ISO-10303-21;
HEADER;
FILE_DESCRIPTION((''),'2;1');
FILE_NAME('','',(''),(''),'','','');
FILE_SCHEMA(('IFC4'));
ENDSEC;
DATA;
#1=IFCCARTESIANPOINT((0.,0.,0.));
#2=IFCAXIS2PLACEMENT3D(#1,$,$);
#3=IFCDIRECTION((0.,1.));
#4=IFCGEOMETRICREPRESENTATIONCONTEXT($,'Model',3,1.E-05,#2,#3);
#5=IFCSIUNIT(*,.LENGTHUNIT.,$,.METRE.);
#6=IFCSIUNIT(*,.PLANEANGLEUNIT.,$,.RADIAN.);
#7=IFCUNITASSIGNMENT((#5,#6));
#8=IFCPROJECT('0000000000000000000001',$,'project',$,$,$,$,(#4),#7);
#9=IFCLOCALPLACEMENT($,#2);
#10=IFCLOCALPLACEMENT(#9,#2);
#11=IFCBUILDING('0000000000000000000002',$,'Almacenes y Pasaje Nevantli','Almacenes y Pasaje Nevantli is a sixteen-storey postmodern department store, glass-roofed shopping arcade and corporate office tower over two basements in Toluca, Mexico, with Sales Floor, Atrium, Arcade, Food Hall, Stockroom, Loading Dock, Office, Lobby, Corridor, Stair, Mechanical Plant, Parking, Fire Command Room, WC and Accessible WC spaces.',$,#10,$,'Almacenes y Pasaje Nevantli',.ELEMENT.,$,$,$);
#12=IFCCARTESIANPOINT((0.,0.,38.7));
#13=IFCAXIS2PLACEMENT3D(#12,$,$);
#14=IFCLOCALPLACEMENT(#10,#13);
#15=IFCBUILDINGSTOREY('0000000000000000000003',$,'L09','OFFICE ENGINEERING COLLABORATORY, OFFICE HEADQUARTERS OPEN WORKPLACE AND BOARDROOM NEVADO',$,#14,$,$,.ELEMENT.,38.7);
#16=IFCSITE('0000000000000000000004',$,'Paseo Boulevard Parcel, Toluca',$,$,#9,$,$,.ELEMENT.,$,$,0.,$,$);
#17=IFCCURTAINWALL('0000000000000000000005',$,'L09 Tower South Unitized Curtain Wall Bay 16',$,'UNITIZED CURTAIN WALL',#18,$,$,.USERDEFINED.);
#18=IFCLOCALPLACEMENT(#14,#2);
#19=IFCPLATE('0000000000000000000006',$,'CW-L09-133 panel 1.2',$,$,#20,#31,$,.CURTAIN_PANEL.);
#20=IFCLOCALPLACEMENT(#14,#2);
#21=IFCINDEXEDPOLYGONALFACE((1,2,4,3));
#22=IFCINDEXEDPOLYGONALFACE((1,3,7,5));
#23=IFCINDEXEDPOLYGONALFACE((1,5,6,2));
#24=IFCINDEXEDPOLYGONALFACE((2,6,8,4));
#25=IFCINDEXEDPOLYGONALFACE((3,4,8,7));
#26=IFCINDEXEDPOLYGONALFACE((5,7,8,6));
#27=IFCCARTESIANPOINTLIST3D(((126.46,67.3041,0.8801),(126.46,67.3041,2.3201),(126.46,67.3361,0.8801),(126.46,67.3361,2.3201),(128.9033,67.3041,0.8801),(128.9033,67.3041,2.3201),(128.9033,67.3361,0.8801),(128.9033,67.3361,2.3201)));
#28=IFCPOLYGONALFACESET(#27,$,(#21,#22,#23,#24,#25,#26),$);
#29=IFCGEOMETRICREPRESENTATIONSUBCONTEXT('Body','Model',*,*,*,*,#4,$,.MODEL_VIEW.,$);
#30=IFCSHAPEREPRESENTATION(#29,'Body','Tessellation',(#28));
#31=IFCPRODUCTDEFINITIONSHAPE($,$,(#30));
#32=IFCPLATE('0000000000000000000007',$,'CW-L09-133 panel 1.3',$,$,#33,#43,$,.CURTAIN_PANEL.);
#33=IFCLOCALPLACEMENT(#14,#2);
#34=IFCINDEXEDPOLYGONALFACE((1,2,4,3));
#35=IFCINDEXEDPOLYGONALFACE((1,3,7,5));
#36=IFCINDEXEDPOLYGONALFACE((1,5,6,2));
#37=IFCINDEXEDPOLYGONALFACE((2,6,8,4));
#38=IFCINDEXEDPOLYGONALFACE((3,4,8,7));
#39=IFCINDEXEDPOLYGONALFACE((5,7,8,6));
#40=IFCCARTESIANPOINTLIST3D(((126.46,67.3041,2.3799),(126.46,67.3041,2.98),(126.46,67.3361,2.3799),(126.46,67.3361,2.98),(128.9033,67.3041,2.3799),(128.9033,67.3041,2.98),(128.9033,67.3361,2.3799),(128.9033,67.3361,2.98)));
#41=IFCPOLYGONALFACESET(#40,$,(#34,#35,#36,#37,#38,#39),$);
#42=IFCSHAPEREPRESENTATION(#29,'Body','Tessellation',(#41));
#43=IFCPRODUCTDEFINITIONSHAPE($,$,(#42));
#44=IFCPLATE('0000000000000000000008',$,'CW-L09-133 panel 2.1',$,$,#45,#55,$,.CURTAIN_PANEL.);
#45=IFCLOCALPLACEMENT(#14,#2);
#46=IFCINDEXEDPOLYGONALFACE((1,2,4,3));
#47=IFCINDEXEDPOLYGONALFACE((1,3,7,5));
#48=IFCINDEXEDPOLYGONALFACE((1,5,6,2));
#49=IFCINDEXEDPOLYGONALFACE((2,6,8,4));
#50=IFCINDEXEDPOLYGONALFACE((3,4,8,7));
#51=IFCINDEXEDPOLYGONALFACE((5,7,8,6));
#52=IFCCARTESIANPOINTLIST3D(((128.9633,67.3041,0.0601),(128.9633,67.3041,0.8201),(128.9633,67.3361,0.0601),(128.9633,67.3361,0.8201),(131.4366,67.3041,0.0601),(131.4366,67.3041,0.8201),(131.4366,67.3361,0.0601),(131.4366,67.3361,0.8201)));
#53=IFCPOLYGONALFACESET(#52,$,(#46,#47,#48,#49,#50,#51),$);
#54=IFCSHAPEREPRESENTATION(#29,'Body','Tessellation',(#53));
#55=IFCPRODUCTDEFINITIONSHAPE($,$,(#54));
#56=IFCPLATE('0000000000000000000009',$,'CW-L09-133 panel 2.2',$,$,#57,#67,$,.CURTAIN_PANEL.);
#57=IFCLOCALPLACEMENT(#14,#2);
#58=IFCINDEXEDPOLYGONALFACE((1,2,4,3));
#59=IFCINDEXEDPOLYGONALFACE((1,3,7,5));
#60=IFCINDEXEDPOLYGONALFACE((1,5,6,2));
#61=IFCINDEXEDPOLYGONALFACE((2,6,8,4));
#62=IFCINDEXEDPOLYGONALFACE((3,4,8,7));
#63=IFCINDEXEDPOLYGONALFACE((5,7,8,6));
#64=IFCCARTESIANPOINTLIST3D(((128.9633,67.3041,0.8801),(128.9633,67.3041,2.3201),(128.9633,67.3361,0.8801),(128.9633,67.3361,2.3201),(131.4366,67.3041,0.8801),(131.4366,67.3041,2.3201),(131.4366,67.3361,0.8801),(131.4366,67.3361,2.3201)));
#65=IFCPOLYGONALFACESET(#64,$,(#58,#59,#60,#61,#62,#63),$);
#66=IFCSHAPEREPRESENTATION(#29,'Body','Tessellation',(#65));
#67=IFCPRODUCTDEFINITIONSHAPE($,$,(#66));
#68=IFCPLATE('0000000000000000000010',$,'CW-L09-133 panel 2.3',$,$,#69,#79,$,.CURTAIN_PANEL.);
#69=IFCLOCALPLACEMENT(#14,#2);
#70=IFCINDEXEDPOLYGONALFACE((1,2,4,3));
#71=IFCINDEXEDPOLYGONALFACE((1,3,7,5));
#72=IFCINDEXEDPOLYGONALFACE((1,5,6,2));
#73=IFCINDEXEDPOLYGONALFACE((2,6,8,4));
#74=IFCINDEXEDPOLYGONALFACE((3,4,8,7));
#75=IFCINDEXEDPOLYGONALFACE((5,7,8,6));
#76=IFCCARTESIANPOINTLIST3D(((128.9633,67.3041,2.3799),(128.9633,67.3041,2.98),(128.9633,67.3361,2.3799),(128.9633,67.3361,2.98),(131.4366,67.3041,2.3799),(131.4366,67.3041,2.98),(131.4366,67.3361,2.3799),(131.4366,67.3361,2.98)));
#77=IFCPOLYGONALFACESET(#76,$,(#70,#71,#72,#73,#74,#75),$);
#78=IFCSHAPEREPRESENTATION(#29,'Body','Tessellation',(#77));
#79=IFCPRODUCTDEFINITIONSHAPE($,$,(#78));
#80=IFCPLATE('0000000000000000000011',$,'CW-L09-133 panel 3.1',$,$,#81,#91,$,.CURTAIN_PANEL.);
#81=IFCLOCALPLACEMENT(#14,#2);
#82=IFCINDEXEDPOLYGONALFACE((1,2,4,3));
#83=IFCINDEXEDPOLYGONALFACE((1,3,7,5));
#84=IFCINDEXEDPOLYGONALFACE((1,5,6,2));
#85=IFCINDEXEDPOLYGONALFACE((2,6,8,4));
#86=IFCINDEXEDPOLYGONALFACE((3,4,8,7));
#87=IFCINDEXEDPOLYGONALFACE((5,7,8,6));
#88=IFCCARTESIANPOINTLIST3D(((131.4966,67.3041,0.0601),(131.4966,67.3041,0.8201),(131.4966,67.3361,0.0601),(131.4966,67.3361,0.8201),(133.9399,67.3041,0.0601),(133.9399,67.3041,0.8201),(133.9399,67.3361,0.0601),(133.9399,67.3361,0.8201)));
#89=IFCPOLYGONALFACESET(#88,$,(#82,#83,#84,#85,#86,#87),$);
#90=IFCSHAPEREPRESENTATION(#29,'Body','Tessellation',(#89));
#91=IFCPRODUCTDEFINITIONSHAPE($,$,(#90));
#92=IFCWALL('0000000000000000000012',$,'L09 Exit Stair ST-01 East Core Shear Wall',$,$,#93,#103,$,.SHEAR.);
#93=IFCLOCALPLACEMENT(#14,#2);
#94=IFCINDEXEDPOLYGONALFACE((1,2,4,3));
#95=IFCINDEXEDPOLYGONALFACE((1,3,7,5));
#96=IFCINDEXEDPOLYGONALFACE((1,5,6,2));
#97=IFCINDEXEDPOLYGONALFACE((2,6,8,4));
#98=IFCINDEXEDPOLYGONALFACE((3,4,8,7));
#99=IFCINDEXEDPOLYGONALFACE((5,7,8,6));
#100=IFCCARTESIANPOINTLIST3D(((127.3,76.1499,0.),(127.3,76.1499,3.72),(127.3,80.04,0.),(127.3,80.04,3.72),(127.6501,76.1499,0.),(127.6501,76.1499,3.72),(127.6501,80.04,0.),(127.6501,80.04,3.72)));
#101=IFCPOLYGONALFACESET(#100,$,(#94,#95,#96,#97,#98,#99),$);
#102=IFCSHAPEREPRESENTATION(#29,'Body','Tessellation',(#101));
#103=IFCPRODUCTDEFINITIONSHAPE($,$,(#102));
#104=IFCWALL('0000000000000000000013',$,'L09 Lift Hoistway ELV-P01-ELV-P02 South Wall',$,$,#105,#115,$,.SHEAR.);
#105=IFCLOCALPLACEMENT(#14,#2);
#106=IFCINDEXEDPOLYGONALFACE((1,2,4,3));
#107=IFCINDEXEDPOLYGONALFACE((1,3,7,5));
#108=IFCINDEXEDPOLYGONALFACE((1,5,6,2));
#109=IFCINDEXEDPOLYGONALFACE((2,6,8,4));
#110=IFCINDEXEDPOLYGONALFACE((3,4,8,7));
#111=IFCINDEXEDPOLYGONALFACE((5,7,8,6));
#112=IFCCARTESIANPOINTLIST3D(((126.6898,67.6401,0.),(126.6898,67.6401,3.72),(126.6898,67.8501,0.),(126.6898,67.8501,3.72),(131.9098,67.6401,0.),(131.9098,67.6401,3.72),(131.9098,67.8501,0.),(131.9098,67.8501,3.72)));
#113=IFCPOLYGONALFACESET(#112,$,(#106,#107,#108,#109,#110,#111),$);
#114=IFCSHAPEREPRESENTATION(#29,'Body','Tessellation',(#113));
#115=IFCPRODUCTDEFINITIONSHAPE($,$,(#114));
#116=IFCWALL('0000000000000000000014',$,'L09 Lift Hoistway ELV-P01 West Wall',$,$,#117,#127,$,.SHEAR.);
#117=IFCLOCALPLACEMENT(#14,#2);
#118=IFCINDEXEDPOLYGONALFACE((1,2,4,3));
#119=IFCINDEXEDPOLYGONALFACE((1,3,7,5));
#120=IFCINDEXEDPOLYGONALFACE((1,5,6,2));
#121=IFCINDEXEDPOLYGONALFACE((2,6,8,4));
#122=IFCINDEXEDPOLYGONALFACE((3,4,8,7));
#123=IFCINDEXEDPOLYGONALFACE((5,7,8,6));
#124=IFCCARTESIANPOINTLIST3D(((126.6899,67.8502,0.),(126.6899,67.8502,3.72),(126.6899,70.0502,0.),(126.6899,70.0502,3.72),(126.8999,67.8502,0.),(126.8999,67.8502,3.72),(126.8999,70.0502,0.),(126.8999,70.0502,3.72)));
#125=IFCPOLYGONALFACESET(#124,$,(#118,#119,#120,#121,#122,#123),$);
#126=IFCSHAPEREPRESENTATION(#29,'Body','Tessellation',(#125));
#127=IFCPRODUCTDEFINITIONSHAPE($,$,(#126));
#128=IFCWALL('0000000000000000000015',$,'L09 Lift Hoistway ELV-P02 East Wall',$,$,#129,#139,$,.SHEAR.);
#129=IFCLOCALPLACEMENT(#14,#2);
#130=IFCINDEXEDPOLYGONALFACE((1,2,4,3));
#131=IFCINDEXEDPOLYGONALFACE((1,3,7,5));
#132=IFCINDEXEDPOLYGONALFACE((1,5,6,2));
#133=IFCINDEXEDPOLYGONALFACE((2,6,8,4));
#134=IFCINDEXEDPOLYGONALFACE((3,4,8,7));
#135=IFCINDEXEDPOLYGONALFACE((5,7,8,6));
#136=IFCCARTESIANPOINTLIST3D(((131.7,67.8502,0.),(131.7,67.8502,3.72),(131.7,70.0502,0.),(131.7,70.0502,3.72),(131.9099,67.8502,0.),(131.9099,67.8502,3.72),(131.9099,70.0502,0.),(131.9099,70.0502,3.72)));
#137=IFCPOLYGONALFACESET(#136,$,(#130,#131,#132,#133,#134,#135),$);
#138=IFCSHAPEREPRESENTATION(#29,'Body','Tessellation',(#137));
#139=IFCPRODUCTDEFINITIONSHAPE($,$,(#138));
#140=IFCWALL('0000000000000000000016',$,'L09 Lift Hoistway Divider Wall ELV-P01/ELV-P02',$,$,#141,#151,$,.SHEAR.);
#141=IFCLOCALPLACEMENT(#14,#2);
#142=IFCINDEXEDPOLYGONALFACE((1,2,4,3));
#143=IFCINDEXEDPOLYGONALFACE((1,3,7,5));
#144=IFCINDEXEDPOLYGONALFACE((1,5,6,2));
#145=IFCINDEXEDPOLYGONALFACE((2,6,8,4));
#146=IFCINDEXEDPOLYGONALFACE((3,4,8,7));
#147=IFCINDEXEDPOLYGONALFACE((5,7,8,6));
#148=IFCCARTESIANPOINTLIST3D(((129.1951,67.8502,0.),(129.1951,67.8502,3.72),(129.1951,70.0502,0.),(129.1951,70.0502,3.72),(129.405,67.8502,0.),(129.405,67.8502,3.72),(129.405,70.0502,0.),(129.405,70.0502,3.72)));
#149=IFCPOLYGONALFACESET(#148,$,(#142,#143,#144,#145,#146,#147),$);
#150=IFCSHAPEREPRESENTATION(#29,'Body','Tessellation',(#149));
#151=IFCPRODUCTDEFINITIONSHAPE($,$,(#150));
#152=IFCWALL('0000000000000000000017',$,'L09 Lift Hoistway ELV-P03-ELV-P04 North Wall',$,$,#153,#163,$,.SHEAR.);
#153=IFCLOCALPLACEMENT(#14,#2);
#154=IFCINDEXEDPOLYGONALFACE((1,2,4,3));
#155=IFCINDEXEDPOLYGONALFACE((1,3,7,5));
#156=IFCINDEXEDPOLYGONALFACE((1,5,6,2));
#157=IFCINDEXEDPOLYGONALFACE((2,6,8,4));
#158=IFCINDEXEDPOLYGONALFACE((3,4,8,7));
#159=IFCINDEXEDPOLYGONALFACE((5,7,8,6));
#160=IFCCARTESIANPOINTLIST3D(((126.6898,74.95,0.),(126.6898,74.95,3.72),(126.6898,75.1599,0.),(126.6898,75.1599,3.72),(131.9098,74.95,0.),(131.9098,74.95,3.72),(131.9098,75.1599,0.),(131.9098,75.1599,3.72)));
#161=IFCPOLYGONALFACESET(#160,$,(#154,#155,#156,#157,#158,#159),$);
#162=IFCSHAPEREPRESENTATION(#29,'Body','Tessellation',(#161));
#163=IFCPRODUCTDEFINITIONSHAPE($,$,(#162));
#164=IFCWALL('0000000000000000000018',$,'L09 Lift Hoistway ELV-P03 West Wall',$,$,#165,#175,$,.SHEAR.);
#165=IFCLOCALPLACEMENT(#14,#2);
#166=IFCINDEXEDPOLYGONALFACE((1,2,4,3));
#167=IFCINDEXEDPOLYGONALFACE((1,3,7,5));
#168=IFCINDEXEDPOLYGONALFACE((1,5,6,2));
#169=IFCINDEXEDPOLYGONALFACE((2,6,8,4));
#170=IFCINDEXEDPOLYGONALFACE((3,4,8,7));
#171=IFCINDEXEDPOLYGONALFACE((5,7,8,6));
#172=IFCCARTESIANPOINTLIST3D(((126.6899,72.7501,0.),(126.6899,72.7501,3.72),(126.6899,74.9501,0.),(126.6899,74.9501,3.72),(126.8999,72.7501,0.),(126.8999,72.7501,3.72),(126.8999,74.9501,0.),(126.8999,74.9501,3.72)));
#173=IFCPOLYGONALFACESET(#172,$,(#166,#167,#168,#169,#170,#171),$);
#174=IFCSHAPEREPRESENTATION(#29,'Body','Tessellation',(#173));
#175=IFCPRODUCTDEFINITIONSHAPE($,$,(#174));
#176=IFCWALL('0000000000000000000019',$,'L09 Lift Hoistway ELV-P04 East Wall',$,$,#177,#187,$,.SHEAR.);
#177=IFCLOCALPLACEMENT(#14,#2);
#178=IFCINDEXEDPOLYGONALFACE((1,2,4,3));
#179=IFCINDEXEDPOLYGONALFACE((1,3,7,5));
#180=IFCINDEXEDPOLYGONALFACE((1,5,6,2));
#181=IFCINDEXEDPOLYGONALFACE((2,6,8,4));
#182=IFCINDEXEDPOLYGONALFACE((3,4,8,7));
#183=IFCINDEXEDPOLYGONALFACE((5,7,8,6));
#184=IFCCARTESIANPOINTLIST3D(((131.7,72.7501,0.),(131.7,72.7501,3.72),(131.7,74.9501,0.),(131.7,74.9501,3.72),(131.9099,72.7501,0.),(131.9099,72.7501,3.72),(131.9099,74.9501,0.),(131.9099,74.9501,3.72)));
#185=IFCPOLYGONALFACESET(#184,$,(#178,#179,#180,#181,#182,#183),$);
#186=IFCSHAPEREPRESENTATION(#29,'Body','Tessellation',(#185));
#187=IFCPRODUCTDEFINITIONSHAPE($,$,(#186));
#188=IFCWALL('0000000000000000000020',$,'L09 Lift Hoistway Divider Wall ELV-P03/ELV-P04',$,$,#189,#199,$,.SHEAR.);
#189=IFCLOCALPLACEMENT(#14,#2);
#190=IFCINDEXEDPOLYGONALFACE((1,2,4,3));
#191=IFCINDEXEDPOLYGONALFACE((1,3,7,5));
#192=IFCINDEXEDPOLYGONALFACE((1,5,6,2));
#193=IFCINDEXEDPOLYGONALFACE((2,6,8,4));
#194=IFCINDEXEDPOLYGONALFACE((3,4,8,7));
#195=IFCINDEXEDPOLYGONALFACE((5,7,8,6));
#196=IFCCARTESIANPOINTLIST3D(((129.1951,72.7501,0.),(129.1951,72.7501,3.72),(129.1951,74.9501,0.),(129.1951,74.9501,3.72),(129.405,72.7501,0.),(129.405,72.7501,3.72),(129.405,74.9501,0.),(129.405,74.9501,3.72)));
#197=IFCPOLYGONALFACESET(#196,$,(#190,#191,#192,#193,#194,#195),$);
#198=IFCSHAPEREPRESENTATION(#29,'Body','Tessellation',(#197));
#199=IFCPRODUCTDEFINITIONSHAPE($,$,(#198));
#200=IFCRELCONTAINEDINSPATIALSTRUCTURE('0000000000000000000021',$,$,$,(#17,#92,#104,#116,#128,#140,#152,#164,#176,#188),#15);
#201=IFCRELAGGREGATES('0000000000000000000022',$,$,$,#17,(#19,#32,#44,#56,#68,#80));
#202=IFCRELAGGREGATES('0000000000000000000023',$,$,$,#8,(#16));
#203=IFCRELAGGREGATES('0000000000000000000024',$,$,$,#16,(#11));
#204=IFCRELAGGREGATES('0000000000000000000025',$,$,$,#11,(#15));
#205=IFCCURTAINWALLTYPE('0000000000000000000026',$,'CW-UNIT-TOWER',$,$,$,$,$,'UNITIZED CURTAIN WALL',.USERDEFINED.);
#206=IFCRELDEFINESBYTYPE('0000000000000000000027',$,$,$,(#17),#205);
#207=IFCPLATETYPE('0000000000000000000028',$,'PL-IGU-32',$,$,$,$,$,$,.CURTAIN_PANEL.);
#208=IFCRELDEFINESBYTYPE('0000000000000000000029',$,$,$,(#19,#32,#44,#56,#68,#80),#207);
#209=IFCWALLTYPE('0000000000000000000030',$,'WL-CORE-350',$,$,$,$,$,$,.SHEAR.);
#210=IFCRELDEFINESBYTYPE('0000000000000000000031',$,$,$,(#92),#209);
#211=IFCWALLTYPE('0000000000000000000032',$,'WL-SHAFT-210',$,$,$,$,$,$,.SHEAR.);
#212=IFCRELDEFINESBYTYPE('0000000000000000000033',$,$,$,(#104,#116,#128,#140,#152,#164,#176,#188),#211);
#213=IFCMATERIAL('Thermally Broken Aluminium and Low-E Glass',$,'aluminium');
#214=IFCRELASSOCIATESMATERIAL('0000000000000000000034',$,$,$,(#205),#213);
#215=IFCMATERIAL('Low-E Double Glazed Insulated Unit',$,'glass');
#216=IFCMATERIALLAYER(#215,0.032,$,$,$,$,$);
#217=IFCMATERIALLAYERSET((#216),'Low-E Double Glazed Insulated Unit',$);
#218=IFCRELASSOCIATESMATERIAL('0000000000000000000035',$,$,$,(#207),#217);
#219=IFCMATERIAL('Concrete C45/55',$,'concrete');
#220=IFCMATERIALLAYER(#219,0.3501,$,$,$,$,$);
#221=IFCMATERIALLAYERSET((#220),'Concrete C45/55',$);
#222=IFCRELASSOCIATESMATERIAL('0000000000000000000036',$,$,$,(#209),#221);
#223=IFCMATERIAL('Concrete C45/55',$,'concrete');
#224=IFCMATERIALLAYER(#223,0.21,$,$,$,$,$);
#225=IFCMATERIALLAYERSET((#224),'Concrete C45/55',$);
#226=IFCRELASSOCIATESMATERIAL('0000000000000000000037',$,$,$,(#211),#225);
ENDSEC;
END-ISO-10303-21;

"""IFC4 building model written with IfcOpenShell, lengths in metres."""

from ifc_helpers import new_model, si_unit, direction, frame, frame_2d, origin, origin_2d, place, context, subcontext, project, spatial, rectangle, extrude, material, layer, layer_set, type_object, element, aggregate, save


model = new_model("IFC4")

# Units and contexts
model_context = context("Model", 3, precision=1e-05, world=origin(), true_north=direction((0.0, 1.0)))
body_context = subcontext(model_context, "Body", "Model", "MODEL_VIEW")
ifc_project = project(units=[si_unit("LENGTHUNIT", "METRE"), si_unit("PLANEANGLEUNIT", "RADIAN")], contexts=[model_context])

# Site, building, storey
site_placement = place(None, origin())
site = spatial("IfcSite", under=ifc_project, at=site_placement, Name="Paseo Boulevard Parcel, Toluca", CompositionType="ELEMENT", RefElevation=0.0)
building_placement = place(site_placement, origin())
building = spatial("IfcBuilding", under=site, at=building_placement, Name="Almacenes y Pasaje Nevantli", Description="Almacenes y Pasaje Nevantli is a sixteen-storey postmodern department store, glass-roofed shopping arcade and corporate office tower over two basements in Toluca, Mexico, with Sales Floor, Atrium, Arcade, Food Hall, Stockroom, Loading Dock, Office, Lobby, Corridor, Stair, Mechanical Plant, Parking, Fire Command Room, WC and Accessible WC spaces.", LongName="Almacenes y Pasaje Nevantli", CompositionType="ELEMENT")
storey_placement = place(building_placement, frame((0.0, 0.0, 38.7)))
storey = spatial("IfcBuildingStorey", under=building, at=storey_placement, Name="L09", Description="OFFICE ENGINEERING COLLABORATORY, OFFICE HEADQUARTERS OPEN WORKPLACE AND BOARDROOM NEVADO", CompositionType="ELEMENT", Elevation=38.7)

# Curtain wall, plates
ifc_material_1 = material(Name="Thermally Broken Aluminium and Low-E Glass", Category="aluminium")
curtain_wall_type = type_object("IfcCurtainWallType", Name="CW-UNIT-TOWER", ElementType="UNITIZED CURTAIN WALL", PredefinedType="USERDEFINED", material=ifc_material_1)
curtain_wall_placement = place(storey_placement, origin())
curtain_wall = element("IfcCurtainWall", 1, at=curtain_wall_placement, inside=storey, type_object=curtain_wall_type, Name="L09 Tower South Unitized Curtain Wall Bay 16", ObjectType="UNITIZED CURTAIN WALL", PredefinedType="USERDEFINED")
ifc_material_2 = material(Name="Low-E Double Glazed Insulated Unit", Category="glass")
ifc_layer_1 = layer(ifc_material_2, 0.032)
ifc_layer_set_1 = layer_set([ifc_layer_1], Name="Low-E Double Glazed Insulated Unit")
plate_type = type_object("IfcPlateType", Name="PL-IGU-32", PredefinedType="CURTAIN_PANEL", material=ifc_layer_set_1)
plate_1_placement = place(storey_placement, frame((127.6816, 67.3201, 0.8801), z_axis=(0.0, 0.0, 1.0), x_axis=(1.0, 0.0, 0.0)))
plate_1 = element("IfcPlate", 2, at=plate_1_placement, type_object=plate_type, Name="CW-L09-133 panel 1.2", PredefinedType="CURTAIN_PANEL", context=body_context, shape_type="SweptSolid", body=[
    extrude(rectangle(XDim=2.4434, YDim=0.032, at=origin_2d()), origin(), (0.0, 0.0, 1.0), 1.4399),
])
plate_2_placement = place(storey_placement, frame((127.6816, 67.3201, 2.3799), z_axis=(0.0, 0.0, 1.0), x_axis=(1.0, 0.0, 0.0)))
plate_2 = element("IfcPlate", 3, at=plate_2_placement, type_object=plate_type, Name="CW-L09-133 panel 1.3", PredefinedType="CURTAIN_PANEL", context=body_context, shape_type="SweptSolid", body=[
    extrude(rectangle(XDim=2.4434, YDim=0.032, at=origin_2d()), origin(), (0.0, 0.0, 1.0), 0.6001),
])
plate_3_placement = place(storey_placement, frame((130.2, 67.3201, 0.0601), z_axis=(0.0, 0.0, 1.0), x_axis=(1.0, 0.0, 0.0)))
plate_3 = element("IfcPlate", 4, at=plate_3_placement, type_object=plate_type, Name="CW-L09-133 panel 2.1", PredefinedType="CURTAIN_PANEL", context=body_context, shape_type="SweptSolid", body=[
    extrude(rectangle(XDim=2.4734, YDim=0.032, at=origin_2d()), origin(), (0.0, 0.0, 1.0), 0.76),
])
plate_4_placement = place(storey_placement, frame((130.2, 67.3201, 0.8801), z_axis=(0.0, 0.0, 1.0), x_axis=(1.0, 0.0, 0.0)))
plate_4 = element("IfcPlate", 5, at=plate_4_placement, type_object=plate_type, Name="CW-L09-133 panel 2.2", PredefinedType="CURTAIN_PANEL", context=body_context, shape_type="SweptSolid", body=[
    extrude(rectangle(XDim=2.4734, YDim=0.032, at=origin_2d()), origin(), (0.0, 0.0, 1.0), 1.4399),
])
plate_5_placement = place(storey_placement, frame((130.2, 67.3201, 2.3799), z_axis=(0.0, 0.0, 1.0), x_axis=(1.0, 0.0, 0.0)))
plate_5 = element("IfcPlate", 6, at=plate_5_placement, type_object=plate_type, Name="CW-L09-133 panel 2.3", PredefinedType="CURTAIN_PANEL", context=body_context, shape_type="SweptSolid", body=[
    extrude(rectangle(XDim=2.4734, YDim=0.032, at=origin_2d()), origin(), (0.0, 0.0, 1.0), 0.6001),
])
plate_6_placement = place(storey_placement, frame((132.7183, 67.3201, 0.0601), z_axis=(0.0, 0.0, 1.0), x_axis=(1.0, 0.0, 0.0)))
plate_6 = element("IfcPlate", 7, at=plate_6_placement, type_object=plate_type, Name="CW-L09-133 panel 3.1", PredefinedType="CURTAIN_PANEL", context=body_context, shape_type="SweptSolid", body=[
    extrude(rectangle(XDim=2.4434, YDim=0.032, at=origin_2d()), origin(), (0.0, 0.0, 1.0), 0.76),
])
aggregate(curtain_wall, [plate_1, plate_2, plate_3, plate_4, plate_5, plate_6])

# Walls
ifc_material_3 = material(Name="Concrete C45/55", Category="concrete")
ifc_layer_2 = layer(ifc_material_3, 0.3501)
ifc_layer_set_2 = layer_set([ifc_layer_2], Name="Concrete C45/55")
wall_type_1 = type_object("IfcWallType", Name="WL-CORE-350", PredefinedType="SHEAR", material=ifc_layer_set_2)
wall_1_placement = place(storey_placement, frame((127.4751, 76.1499, 0.0), z_axis=(0.0, 0.0, 1.0), x_axis=(0.0, 1.0, 0.0)))
element("IfcWall", 8, at=wall_1_placement, inside=storey, type_object=wall_type_1, Name="L09 Exit Stair ST-01 East Core Shear Wall", PredefinedType="SHEAR", context=body_context, shape_type="SweptSolid", body=[
    extrude(rectangle(XDim=3.8901, YDim=0.3501, at=frame_2d((1.9451, 0.0))), origin(), (0.0, 0.0, 1.0), 3.72),
])
ifc_material_4 = material(Name="Concrete C45/55", Category="concrete")
ifc_layer_3 = layer(ifc_material_4, 0.21)
ifc_layer_set_3 = layer_set([ifc_layer_3], Name="Concrete C45/55")
wall_type_2 = type_object("IfcWallType", Name="WL-SHAFT-210", PredefinedType="SHEAR", material=ifc_layer_set_3)
wall_2_placement = place(storey_placement, frame((126.6899, 67.7451, 0.0), z_axis=(0.0, 0.0, 1.0), x_axis=(1.0, 0.0, 0.0)))
element("IfcWall", 9, at=wall_2_placement, inside=storey, type_object=wall_type_2, Name="L09 Lift Hoistway ELV-P01-ELV-P02 South Wall", PredefinedType="SHEAR", context=body_context, shape_type="SweptSolid", body=[
    extrude(rectangle(XDim=5.22, YDim=0.21, at=frame_2d((2.6099, 0.0))), origin(), (0.0, 0.0, 1.0), 3.72),
])

# Walls
for number, where, z_axis, x_axis, name in (
    (10, (126.7949, 67.8501, 0.0), (0.0, 0.0, 1.0), (0.0, 1.0, 0.0), "L09 Lift Hoistway ELV-P01 West Wall"),
    (11, (131.8049, 67.8501, 0.0), (0.0, 0.0, 1.0), (0.0, 1.0, 0.0), "L09 Lift Hoistway ELV-P02 East Wall"),
    (12, (129.3, 67.8501, 0.0), (0.0, 0.0, 1.0), (0.0, 1.0, 0.0), "L09 Lift Hoistway Divider Wall ELV-P01/ELV-P02"),
):
    element("IfcWall", number, at=place(storey_placement, frame(where, z_axis=z_axis, x_axis=x_axis)), inside=storey, type_object=wall_type_2, Name=name, PredefinedType="SHEAR", context=body_context, shape_type="SweptSolid", body=[
        extrude(rectangle(XDim=2.2, YDim=0.21, at=frame_2d((1.1001, 0.0))), origin(), (0.0, 0.0, 1.0), 3.72),
    ])

# Walls
wall_3_placement = place(storey_placement, frame((126.6899, 75.0549, 0.0), z_axis=(0.0, 0.0, 1.0), x_axis=(1.0, 0.0, 0.0)))
element("IfcWall", 13, at=wall_3_placement, inside=storey, type_object=wall_type_2, Name="L09 Lift Hoistway ELV-P03-ELV-P04 North Wall", PredefinedType="SHEAR", context=body_context, shape_type="SweptSolid", body=[
    extrude(rectangle(XDim=5.22, YDim=0.21, at=frame_2d((2.6099, 0.0))), origin(), (0.0, 0.0, 1.0), 3.72),
])
for number, where, z_axis, x_axis, name in (
    (14, (126.7949, 72.75, 0.0), (0.0, 0.0, 1.0), (0.0, 1.0, 0.0), "L09 Lift Hoistway ELV-P03 West Wall"),
    (15, (131.8049, 72.75, 0.0), (0.0, 0.0, 1.0), (0.0, 1.0, 0.0), "L09 Lift Hoistway ELV-P04 East Wall"),
    (16, (129.3, 72.75, 0.0), (0.0, 0.0, 1.0), (0.0, 1.0, 0.0), "L09 Lift Hoistway Divider Wall ELV-P03/ELV-P04"),
):
    element("IfcWall", number, at=place(storey_placement, frame(where, z_axis=z_axis, x_axis=x_axis)), inside=storey, type_object=wall_type_2, Name=name, PredefinedType="SHEAR", context=body_context, shape_type="SweptSolid", body=[
        extrude(rectangle(XDim=2.2, YDim=0.21, at=frame_2d((1.1001, 0.0))), origin(), (0.0, 0.0, 1.0), 3.72),
    ])

save(model, "model.ifc")
